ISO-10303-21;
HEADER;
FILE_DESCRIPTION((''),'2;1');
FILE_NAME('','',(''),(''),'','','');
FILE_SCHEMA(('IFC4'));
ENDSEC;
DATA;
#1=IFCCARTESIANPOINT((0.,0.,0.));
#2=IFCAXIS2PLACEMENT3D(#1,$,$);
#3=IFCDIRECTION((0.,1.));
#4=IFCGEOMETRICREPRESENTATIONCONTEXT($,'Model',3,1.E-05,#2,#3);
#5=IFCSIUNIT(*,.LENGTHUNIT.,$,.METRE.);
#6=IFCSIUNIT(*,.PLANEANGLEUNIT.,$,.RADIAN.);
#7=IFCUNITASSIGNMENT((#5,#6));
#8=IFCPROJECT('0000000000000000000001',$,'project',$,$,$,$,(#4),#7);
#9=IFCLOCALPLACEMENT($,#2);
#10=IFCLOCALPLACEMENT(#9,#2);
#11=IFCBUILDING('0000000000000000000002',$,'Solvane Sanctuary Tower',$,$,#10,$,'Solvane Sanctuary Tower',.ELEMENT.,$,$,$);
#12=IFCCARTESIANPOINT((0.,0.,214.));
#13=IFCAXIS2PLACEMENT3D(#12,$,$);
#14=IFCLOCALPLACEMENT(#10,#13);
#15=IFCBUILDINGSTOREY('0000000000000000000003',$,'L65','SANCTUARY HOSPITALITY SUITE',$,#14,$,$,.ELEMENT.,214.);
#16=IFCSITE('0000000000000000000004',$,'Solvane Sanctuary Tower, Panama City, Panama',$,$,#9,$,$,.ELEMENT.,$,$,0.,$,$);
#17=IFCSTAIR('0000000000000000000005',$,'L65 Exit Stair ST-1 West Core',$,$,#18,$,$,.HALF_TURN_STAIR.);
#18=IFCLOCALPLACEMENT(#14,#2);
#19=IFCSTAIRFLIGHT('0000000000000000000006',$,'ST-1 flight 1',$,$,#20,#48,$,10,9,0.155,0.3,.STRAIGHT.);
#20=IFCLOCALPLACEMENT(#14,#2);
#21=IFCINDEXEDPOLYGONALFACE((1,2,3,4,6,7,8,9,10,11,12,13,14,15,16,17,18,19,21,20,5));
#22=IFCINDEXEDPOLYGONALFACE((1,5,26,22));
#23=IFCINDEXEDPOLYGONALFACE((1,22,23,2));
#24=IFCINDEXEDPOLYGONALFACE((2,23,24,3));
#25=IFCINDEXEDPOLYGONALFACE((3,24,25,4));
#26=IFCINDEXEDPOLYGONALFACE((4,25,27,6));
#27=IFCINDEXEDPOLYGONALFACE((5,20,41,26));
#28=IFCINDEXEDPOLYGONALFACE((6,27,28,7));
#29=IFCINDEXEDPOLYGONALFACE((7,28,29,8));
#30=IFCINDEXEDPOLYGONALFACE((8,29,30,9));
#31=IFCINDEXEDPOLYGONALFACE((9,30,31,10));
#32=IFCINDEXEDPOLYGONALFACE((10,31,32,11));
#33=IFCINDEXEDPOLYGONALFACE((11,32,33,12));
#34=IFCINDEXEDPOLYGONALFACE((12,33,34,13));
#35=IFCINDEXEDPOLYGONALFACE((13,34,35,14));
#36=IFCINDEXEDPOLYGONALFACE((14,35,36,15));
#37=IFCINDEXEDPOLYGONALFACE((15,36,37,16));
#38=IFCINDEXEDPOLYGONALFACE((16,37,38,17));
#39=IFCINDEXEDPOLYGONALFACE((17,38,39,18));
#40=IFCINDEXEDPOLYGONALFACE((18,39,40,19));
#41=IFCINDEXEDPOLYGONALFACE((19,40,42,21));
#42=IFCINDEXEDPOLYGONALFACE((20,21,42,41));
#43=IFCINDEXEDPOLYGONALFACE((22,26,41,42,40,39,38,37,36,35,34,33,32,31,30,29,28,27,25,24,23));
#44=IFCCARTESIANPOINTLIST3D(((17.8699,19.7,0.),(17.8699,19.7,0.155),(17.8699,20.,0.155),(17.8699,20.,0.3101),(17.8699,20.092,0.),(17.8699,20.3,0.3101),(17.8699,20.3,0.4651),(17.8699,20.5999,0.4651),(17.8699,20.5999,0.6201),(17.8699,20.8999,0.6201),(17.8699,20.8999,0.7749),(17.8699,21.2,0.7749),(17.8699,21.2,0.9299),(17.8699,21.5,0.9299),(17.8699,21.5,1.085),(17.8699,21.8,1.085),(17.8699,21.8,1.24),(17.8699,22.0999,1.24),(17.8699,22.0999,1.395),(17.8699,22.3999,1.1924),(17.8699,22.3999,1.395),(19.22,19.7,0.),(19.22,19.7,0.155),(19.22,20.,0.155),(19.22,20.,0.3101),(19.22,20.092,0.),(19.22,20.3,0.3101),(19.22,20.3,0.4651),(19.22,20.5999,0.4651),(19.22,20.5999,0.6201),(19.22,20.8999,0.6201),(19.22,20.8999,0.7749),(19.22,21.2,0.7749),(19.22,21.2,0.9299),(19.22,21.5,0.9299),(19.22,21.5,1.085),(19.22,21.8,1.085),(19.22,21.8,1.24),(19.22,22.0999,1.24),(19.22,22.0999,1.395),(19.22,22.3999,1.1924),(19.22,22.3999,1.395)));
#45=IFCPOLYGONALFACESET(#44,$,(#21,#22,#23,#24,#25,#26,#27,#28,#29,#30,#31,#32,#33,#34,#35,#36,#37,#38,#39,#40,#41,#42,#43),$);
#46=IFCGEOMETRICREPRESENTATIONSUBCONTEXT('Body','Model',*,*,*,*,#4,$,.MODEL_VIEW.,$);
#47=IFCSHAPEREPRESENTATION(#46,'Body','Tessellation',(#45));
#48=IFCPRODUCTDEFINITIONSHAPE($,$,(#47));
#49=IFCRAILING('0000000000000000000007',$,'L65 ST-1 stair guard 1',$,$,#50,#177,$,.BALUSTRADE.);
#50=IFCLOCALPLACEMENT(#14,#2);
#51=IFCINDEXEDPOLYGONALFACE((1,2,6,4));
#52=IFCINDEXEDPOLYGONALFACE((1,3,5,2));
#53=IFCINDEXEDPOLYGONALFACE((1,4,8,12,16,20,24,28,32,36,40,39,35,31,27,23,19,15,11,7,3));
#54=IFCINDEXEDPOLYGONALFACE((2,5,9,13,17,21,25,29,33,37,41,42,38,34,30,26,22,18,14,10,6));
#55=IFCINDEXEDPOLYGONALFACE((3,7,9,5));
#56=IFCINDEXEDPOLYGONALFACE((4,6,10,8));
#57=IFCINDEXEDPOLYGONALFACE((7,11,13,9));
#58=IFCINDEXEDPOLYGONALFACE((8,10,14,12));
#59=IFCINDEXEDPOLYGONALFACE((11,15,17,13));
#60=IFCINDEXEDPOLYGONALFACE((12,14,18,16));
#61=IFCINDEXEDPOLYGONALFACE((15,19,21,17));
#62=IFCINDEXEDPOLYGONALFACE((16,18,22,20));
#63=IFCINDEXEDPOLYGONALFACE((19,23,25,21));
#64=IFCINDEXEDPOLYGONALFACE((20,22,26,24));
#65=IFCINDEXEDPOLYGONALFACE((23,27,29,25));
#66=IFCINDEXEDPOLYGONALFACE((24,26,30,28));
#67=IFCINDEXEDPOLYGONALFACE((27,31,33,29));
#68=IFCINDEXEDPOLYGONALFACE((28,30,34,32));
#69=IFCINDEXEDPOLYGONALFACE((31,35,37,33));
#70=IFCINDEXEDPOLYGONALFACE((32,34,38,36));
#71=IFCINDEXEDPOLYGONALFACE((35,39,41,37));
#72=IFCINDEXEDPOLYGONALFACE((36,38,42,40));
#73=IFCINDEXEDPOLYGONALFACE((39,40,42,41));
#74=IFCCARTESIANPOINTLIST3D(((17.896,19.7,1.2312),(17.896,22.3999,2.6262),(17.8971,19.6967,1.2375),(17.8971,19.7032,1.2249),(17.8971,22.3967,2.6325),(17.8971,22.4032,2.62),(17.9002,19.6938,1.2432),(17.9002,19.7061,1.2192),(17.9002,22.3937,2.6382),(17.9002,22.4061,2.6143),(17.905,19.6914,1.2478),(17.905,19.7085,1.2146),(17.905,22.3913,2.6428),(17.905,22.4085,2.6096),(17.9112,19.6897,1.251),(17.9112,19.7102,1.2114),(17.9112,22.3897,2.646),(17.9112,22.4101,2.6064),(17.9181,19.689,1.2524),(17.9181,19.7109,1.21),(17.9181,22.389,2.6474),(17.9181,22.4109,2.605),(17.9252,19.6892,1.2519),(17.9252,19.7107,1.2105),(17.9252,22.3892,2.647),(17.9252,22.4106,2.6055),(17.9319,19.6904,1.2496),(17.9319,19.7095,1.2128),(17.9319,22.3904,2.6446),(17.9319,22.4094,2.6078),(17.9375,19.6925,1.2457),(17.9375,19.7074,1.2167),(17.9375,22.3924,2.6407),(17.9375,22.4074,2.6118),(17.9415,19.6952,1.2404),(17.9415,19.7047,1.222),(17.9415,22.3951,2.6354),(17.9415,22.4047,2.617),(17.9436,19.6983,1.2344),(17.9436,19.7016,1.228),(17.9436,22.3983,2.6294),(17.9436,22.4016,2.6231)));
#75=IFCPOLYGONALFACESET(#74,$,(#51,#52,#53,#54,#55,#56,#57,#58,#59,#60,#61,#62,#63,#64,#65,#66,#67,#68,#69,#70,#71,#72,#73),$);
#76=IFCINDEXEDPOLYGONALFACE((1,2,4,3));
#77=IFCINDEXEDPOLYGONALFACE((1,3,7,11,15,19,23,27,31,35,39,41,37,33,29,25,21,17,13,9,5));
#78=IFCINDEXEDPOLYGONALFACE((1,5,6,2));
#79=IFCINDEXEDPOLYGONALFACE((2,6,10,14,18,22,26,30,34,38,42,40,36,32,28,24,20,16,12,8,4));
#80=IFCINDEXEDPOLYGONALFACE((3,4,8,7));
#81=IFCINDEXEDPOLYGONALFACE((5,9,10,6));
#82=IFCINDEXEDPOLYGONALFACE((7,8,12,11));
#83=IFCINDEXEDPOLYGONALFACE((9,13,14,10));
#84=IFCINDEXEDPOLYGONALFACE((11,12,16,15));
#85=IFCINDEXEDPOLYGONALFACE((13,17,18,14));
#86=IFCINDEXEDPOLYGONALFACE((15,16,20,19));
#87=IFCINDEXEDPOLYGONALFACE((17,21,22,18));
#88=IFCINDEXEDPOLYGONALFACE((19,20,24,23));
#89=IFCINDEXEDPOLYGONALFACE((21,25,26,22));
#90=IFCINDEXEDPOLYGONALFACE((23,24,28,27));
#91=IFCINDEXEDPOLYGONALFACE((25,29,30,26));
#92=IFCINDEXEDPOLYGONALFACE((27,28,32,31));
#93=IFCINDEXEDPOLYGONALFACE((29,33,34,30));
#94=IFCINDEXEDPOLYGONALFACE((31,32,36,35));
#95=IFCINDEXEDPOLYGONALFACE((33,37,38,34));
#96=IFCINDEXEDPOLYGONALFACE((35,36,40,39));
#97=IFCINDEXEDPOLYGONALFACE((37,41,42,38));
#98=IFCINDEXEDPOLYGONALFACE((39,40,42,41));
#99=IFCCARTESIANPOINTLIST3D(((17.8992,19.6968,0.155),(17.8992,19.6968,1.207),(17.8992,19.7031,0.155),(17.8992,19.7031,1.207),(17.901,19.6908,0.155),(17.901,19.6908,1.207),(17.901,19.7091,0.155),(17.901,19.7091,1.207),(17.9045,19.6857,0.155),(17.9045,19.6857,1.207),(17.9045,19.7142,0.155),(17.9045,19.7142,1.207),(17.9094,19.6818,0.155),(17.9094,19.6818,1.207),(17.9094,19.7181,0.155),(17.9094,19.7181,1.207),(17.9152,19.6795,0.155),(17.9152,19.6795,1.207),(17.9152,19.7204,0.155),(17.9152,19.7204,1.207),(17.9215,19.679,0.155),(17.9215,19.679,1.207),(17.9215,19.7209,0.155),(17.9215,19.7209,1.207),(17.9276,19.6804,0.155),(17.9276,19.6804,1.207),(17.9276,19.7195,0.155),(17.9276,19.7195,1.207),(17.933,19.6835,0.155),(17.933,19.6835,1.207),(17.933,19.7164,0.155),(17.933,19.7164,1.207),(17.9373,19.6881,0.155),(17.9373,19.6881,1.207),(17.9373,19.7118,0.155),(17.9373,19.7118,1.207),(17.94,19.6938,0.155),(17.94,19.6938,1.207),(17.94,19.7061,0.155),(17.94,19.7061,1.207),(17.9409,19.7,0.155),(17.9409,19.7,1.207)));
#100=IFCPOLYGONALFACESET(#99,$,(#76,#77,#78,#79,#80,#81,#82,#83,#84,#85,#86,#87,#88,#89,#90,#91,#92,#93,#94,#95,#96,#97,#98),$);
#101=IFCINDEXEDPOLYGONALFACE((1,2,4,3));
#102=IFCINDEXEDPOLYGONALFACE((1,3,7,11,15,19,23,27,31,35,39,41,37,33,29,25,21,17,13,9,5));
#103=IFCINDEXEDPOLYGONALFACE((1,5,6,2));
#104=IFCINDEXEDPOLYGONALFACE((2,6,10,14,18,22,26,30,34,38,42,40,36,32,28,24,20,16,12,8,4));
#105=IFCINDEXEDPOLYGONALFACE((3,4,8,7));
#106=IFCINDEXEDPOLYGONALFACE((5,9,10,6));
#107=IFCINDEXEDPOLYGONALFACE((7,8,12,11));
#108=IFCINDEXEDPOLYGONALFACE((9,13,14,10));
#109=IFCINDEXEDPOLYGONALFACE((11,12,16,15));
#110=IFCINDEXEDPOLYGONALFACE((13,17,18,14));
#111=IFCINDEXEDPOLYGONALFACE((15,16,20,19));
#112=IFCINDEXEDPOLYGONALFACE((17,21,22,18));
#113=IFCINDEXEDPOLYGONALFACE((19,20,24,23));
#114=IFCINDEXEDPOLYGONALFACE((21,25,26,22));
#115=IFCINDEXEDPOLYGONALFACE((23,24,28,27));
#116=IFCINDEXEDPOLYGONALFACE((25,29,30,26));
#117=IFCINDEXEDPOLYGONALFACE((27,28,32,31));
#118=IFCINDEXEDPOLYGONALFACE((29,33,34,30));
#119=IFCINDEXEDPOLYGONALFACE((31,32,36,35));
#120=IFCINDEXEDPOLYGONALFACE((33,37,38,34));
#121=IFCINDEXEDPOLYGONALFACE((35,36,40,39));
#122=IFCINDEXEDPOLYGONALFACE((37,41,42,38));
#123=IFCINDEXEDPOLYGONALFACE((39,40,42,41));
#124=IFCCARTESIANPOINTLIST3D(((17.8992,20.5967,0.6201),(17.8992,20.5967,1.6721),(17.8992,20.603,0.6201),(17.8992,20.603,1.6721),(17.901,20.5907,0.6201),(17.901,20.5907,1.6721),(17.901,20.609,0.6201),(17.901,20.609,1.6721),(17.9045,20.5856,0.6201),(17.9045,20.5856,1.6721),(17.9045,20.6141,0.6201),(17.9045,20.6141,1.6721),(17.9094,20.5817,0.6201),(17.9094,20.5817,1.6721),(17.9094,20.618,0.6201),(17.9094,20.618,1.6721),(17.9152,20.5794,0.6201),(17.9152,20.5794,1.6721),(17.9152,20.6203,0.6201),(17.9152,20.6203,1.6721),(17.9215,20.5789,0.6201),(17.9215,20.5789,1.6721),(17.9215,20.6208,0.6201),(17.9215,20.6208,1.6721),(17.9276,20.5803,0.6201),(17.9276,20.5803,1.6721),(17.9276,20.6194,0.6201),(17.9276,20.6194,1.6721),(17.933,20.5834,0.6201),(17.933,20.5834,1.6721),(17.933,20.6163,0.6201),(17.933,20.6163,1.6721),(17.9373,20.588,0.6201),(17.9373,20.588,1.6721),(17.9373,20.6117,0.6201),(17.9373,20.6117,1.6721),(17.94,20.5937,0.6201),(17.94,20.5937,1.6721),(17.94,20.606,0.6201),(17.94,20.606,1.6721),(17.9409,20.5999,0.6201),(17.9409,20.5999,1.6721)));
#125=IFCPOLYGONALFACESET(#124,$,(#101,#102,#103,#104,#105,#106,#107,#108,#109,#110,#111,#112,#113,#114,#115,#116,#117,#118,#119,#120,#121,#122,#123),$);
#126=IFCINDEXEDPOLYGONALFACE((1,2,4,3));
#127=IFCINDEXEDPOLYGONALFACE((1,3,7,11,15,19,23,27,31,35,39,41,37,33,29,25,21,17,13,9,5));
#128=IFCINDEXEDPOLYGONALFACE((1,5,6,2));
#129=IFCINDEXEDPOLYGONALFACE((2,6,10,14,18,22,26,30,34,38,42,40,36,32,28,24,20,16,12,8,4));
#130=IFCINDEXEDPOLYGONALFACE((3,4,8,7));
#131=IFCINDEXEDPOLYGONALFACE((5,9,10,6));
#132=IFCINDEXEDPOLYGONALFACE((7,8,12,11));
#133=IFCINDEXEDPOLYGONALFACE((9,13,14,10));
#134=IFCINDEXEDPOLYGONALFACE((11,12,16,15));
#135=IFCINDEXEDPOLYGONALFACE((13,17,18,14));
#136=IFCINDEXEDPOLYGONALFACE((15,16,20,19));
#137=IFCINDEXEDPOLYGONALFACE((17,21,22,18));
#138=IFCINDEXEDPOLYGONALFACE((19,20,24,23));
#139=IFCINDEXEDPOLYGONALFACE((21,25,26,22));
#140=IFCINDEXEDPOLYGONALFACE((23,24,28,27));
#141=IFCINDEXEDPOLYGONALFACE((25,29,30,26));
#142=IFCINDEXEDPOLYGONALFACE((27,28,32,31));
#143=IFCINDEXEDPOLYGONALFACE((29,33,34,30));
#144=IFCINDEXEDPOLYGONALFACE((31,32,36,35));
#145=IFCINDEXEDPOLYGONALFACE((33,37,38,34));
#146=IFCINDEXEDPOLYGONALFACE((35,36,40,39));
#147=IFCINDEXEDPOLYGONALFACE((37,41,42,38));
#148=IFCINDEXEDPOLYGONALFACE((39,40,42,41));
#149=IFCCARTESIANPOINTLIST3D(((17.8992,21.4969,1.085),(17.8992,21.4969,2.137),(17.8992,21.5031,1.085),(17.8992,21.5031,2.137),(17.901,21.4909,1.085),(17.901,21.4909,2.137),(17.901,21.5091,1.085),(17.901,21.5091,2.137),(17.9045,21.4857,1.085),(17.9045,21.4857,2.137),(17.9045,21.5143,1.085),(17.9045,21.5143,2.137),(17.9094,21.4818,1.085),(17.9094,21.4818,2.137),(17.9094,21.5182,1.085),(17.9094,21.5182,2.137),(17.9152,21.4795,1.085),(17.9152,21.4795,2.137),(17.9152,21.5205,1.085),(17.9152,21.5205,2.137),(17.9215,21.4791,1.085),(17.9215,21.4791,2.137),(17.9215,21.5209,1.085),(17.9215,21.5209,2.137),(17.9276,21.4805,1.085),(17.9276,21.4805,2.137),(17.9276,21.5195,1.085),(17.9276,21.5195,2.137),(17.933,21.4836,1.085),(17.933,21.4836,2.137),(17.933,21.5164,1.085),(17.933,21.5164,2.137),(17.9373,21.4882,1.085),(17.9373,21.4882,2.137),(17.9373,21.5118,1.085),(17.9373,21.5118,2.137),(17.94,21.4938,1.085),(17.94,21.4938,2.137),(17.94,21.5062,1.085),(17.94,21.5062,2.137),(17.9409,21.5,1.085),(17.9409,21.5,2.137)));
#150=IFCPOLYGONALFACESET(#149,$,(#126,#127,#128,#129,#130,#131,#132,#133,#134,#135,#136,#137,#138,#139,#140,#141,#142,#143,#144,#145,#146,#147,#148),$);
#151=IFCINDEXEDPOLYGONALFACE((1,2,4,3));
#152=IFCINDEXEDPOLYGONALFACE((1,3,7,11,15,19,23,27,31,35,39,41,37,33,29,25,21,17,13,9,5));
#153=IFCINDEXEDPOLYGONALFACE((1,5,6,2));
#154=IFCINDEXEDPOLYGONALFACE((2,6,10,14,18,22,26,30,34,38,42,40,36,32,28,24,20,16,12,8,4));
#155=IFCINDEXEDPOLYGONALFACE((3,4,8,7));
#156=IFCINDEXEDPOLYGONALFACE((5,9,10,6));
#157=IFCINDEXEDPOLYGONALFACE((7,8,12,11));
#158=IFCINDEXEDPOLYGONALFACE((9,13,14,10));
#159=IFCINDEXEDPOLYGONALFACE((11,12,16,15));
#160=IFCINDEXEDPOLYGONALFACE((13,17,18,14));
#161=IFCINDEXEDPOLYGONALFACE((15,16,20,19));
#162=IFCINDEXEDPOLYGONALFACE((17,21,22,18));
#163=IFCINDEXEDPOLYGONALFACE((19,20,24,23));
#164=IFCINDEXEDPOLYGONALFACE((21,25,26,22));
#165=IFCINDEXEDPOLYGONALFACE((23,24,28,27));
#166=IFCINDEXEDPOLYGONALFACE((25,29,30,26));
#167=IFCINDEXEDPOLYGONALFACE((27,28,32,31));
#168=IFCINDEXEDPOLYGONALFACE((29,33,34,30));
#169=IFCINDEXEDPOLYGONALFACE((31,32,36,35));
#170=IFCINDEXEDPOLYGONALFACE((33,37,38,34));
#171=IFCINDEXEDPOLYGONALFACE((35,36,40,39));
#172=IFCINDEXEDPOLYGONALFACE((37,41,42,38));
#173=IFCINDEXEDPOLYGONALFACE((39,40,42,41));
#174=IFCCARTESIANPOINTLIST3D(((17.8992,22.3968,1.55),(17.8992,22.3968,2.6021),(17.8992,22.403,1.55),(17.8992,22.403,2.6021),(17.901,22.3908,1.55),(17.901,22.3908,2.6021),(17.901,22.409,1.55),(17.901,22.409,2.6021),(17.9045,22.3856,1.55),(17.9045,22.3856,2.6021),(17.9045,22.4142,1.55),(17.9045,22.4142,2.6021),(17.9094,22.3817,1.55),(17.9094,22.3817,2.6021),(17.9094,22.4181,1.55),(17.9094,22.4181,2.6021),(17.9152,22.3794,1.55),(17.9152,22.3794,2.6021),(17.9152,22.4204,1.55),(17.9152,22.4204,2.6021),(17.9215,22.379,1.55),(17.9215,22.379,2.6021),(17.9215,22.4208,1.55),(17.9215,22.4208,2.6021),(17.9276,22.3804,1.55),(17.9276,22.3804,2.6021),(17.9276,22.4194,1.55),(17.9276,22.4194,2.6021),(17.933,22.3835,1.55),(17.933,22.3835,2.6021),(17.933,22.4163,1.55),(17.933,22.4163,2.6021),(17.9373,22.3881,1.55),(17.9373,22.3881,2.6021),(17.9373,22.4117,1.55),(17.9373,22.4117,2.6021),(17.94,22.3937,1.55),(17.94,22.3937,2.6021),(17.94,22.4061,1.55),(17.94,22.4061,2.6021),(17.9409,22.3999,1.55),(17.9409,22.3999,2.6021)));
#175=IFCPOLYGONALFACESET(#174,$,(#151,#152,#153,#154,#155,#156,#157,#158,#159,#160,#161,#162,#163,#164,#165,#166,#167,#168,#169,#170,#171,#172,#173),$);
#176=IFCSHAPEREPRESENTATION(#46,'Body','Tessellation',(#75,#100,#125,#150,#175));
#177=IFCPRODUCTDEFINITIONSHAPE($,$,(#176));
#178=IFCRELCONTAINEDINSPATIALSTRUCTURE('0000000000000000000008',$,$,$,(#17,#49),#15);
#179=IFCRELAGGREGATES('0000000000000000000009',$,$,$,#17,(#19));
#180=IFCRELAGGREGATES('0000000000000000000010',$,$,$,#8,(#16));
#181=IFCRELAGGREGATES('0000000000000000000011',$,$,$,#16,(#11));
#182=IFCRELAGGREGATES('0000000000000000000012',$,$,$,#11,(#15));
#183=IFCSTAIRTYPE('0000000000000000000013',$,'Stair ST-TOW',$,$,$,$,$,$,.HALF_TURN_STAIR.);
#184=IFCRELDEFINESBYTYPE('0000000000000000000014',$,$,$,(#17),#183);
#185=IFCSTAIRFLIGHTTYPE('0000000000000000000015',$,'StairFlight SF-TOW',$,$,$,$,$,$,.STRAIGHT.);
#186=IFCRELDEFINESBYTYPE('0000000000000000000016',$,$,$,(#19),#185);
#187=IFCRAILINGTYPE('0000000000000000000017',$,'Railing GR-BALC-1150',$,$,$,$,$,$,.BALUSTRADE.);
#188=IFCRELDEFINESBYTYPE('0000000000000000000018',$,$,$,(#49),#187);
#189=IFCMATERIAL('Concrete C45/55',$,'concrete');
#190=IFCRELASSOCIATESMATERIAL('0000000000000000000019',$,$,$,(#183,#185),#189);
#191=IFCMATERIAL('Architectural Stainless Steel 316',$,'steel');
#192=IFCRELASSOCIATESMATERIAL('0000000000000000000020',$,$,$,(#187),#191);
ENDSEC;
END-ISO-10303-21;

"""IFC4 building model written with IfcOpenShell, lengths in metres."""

from ifc_helpers import new_model, si_unit, direction, frame, origin, origin_2d, place, context, subcontext, project, spatial, polyline, circle, outline, extrude, material, type_object, element, aggregate, save


model = new_model("IFC4")

# Units and contexts
model_context = context("Model", 3, precision=1e-05, world=origin(), true_north=direction((0.0, 1.0)))
body_context = subcontext(model_context, "Body", "Model", "MODEL_VIEW")
ifc_project = project(units=[si_unit("LENGTHUNIT", "METRE"), si_unit("PLANEANGLEUNIT", "RADIAN")], contexts=[model_context])

# Site, building, storey
site_placement = place(None, origin())
site = spatial("IfcSite", under=ifc_project, at=site_placement, Name="Solvane Sanctuary Tower, Panama City, Panama", CompositionType="ELEMENT", RefElevation=0.0)
building_placement = place(site_placement, origin())
building = spatial("IfcBuilding", under=site, at=building_placement, Name="Solvane Sanctuary Tower", LongName="Solvane Sanctuary Tower", CompositionType="ELEMENT")
storey_placement = place(building_placement, frame((0.0, 0.0, 214.0)))
storey = spatial("IfcBuildingStorey", under=building, at=storey_placement, Name="L65", Description="SANCTUARY HOSPITALITY SUITE", CompositionType="ELEMENT", Elevation=214.0)

# Shared definitions
ifc_material_1 = material(Name="Architectural Stainless Steel 316", Category="steel")

# Stair, stair flight
ifc_material_2 = material(Name="Concrete C45/55", Category="concrete")
stair_type = type_object("IfcStairType", Name="Stair ST-TOW", PredefinedType="HALF_TURN_STAIR", material=ifc_material_2)
stair_placement = place(storey_placement, origin())
stair = element("IfcStair", 1, at=stair_placement, inside=storey, type_object=stair_type, Name="L65 Exit Stair ST-1 West Core", PredefinedType="HALF_TURN_STAIR")
stair_flight_type = type_object("IfcStairFlightType", Name="StairFlight SF-TOW", PredefinedType="STRAIGHT", material=ifc_material_2)
stair_flight_placement = place(storey_placement, frame((18.5449, 19.7, 0.0), z_axis=(0.0, 0.0, 1.0), x_axis=(0.0, 1.0, 0.0)))
stair_flight = element("IfcStairFlight", 2, at=stair_flight_placement, type_object=stair_flight_type, Name="ST-1 flight 1", NumberOfRisers=10, NumberOfTreads=9, PredefinedType="STRAIGHT", RiserHeight=0.155, TreadLength=0.3, context=body_context, shape_type="SweptSolid", body=[
    extrude(outline(polyline([(0.0, 0.0), (0.0, 0.155), (0.3, 0.155), (0.3, 0.3101), (0.6001, 0.3101), (0.6001, 0.4651), (0.8999, 0.4651), (0.8999, 0.6201), (1.2, 0.6201), (1.2, 0.7749), (1.5, 0.7749), (1.5, 0.9299), (1.8, 0.9299), (1.8, 1.085), (2.1001, 1.085), (2.1001, 1.24), (2.3999, 1.24), (2.3999, 1.395), (2.7, 1.395), (2.7, 1.55), (2.7, 1.1924), (0.3921, 0.0), (0.0, 0.0)])), frame((0.0, 0.675, 0.0), z_axis=(0.0, -1.0, 0.0), x_axis=(1.0, 0.0, 0.0)), (0.0, 0.0, 1.0), 1.3501),
])
aggregate(stair, [stair_flight])

# Railing
railing_type_1 = type_object("IfcRailingType", Name="Railing GR-BALC-1150", PredefinedType="BALUSTRADE", material=ifc_material_1)
railing_1_placement = place(storey_placement, frame((17.9199, 19.7, 0.155)))
element("IfcRailing", 3, at=railing_1_placement, inside=storey, type_object=railing_type_1, Name="L65 ST-1 stair guard 1", PredefinedType="BALUSTRADE", context=body_context, shape_type="SweptSolid", body=[
    extrude(circle(Radius=0.0239, at=origin_2d()), frame((0.0, 0.0, 1.0762), z_axis=(0.0, 0.88842, 0.459032), x_axis=(-1.0, 0.0, 0.0)), (0.0, 0.0, 1.0), 3.0391),
    extrude(circle(Radius=0.021, at=origin_2d()), origin(), (0.0, 0.0, 1.0), 1.052),
    extrude(circle(Radius=0.021, at=origin_2d()), frame((0.0, 0.8999, 0.4651)), (0.0, 0.0, 1.0), 1.052),
    extrude(circle(Radius=0.021, at=origin_2d()), frame((0.0, 1.8, 0.9299)), (0.0, 0.0, 1.0), 1.052),
    extrude(circle(Radius=0.021, at=origin_2d()), frame((0.0, 2.7, 1.395)), (0.0, 0.0, 1.0), 1.052),
])

save(model, "model.ifc")
